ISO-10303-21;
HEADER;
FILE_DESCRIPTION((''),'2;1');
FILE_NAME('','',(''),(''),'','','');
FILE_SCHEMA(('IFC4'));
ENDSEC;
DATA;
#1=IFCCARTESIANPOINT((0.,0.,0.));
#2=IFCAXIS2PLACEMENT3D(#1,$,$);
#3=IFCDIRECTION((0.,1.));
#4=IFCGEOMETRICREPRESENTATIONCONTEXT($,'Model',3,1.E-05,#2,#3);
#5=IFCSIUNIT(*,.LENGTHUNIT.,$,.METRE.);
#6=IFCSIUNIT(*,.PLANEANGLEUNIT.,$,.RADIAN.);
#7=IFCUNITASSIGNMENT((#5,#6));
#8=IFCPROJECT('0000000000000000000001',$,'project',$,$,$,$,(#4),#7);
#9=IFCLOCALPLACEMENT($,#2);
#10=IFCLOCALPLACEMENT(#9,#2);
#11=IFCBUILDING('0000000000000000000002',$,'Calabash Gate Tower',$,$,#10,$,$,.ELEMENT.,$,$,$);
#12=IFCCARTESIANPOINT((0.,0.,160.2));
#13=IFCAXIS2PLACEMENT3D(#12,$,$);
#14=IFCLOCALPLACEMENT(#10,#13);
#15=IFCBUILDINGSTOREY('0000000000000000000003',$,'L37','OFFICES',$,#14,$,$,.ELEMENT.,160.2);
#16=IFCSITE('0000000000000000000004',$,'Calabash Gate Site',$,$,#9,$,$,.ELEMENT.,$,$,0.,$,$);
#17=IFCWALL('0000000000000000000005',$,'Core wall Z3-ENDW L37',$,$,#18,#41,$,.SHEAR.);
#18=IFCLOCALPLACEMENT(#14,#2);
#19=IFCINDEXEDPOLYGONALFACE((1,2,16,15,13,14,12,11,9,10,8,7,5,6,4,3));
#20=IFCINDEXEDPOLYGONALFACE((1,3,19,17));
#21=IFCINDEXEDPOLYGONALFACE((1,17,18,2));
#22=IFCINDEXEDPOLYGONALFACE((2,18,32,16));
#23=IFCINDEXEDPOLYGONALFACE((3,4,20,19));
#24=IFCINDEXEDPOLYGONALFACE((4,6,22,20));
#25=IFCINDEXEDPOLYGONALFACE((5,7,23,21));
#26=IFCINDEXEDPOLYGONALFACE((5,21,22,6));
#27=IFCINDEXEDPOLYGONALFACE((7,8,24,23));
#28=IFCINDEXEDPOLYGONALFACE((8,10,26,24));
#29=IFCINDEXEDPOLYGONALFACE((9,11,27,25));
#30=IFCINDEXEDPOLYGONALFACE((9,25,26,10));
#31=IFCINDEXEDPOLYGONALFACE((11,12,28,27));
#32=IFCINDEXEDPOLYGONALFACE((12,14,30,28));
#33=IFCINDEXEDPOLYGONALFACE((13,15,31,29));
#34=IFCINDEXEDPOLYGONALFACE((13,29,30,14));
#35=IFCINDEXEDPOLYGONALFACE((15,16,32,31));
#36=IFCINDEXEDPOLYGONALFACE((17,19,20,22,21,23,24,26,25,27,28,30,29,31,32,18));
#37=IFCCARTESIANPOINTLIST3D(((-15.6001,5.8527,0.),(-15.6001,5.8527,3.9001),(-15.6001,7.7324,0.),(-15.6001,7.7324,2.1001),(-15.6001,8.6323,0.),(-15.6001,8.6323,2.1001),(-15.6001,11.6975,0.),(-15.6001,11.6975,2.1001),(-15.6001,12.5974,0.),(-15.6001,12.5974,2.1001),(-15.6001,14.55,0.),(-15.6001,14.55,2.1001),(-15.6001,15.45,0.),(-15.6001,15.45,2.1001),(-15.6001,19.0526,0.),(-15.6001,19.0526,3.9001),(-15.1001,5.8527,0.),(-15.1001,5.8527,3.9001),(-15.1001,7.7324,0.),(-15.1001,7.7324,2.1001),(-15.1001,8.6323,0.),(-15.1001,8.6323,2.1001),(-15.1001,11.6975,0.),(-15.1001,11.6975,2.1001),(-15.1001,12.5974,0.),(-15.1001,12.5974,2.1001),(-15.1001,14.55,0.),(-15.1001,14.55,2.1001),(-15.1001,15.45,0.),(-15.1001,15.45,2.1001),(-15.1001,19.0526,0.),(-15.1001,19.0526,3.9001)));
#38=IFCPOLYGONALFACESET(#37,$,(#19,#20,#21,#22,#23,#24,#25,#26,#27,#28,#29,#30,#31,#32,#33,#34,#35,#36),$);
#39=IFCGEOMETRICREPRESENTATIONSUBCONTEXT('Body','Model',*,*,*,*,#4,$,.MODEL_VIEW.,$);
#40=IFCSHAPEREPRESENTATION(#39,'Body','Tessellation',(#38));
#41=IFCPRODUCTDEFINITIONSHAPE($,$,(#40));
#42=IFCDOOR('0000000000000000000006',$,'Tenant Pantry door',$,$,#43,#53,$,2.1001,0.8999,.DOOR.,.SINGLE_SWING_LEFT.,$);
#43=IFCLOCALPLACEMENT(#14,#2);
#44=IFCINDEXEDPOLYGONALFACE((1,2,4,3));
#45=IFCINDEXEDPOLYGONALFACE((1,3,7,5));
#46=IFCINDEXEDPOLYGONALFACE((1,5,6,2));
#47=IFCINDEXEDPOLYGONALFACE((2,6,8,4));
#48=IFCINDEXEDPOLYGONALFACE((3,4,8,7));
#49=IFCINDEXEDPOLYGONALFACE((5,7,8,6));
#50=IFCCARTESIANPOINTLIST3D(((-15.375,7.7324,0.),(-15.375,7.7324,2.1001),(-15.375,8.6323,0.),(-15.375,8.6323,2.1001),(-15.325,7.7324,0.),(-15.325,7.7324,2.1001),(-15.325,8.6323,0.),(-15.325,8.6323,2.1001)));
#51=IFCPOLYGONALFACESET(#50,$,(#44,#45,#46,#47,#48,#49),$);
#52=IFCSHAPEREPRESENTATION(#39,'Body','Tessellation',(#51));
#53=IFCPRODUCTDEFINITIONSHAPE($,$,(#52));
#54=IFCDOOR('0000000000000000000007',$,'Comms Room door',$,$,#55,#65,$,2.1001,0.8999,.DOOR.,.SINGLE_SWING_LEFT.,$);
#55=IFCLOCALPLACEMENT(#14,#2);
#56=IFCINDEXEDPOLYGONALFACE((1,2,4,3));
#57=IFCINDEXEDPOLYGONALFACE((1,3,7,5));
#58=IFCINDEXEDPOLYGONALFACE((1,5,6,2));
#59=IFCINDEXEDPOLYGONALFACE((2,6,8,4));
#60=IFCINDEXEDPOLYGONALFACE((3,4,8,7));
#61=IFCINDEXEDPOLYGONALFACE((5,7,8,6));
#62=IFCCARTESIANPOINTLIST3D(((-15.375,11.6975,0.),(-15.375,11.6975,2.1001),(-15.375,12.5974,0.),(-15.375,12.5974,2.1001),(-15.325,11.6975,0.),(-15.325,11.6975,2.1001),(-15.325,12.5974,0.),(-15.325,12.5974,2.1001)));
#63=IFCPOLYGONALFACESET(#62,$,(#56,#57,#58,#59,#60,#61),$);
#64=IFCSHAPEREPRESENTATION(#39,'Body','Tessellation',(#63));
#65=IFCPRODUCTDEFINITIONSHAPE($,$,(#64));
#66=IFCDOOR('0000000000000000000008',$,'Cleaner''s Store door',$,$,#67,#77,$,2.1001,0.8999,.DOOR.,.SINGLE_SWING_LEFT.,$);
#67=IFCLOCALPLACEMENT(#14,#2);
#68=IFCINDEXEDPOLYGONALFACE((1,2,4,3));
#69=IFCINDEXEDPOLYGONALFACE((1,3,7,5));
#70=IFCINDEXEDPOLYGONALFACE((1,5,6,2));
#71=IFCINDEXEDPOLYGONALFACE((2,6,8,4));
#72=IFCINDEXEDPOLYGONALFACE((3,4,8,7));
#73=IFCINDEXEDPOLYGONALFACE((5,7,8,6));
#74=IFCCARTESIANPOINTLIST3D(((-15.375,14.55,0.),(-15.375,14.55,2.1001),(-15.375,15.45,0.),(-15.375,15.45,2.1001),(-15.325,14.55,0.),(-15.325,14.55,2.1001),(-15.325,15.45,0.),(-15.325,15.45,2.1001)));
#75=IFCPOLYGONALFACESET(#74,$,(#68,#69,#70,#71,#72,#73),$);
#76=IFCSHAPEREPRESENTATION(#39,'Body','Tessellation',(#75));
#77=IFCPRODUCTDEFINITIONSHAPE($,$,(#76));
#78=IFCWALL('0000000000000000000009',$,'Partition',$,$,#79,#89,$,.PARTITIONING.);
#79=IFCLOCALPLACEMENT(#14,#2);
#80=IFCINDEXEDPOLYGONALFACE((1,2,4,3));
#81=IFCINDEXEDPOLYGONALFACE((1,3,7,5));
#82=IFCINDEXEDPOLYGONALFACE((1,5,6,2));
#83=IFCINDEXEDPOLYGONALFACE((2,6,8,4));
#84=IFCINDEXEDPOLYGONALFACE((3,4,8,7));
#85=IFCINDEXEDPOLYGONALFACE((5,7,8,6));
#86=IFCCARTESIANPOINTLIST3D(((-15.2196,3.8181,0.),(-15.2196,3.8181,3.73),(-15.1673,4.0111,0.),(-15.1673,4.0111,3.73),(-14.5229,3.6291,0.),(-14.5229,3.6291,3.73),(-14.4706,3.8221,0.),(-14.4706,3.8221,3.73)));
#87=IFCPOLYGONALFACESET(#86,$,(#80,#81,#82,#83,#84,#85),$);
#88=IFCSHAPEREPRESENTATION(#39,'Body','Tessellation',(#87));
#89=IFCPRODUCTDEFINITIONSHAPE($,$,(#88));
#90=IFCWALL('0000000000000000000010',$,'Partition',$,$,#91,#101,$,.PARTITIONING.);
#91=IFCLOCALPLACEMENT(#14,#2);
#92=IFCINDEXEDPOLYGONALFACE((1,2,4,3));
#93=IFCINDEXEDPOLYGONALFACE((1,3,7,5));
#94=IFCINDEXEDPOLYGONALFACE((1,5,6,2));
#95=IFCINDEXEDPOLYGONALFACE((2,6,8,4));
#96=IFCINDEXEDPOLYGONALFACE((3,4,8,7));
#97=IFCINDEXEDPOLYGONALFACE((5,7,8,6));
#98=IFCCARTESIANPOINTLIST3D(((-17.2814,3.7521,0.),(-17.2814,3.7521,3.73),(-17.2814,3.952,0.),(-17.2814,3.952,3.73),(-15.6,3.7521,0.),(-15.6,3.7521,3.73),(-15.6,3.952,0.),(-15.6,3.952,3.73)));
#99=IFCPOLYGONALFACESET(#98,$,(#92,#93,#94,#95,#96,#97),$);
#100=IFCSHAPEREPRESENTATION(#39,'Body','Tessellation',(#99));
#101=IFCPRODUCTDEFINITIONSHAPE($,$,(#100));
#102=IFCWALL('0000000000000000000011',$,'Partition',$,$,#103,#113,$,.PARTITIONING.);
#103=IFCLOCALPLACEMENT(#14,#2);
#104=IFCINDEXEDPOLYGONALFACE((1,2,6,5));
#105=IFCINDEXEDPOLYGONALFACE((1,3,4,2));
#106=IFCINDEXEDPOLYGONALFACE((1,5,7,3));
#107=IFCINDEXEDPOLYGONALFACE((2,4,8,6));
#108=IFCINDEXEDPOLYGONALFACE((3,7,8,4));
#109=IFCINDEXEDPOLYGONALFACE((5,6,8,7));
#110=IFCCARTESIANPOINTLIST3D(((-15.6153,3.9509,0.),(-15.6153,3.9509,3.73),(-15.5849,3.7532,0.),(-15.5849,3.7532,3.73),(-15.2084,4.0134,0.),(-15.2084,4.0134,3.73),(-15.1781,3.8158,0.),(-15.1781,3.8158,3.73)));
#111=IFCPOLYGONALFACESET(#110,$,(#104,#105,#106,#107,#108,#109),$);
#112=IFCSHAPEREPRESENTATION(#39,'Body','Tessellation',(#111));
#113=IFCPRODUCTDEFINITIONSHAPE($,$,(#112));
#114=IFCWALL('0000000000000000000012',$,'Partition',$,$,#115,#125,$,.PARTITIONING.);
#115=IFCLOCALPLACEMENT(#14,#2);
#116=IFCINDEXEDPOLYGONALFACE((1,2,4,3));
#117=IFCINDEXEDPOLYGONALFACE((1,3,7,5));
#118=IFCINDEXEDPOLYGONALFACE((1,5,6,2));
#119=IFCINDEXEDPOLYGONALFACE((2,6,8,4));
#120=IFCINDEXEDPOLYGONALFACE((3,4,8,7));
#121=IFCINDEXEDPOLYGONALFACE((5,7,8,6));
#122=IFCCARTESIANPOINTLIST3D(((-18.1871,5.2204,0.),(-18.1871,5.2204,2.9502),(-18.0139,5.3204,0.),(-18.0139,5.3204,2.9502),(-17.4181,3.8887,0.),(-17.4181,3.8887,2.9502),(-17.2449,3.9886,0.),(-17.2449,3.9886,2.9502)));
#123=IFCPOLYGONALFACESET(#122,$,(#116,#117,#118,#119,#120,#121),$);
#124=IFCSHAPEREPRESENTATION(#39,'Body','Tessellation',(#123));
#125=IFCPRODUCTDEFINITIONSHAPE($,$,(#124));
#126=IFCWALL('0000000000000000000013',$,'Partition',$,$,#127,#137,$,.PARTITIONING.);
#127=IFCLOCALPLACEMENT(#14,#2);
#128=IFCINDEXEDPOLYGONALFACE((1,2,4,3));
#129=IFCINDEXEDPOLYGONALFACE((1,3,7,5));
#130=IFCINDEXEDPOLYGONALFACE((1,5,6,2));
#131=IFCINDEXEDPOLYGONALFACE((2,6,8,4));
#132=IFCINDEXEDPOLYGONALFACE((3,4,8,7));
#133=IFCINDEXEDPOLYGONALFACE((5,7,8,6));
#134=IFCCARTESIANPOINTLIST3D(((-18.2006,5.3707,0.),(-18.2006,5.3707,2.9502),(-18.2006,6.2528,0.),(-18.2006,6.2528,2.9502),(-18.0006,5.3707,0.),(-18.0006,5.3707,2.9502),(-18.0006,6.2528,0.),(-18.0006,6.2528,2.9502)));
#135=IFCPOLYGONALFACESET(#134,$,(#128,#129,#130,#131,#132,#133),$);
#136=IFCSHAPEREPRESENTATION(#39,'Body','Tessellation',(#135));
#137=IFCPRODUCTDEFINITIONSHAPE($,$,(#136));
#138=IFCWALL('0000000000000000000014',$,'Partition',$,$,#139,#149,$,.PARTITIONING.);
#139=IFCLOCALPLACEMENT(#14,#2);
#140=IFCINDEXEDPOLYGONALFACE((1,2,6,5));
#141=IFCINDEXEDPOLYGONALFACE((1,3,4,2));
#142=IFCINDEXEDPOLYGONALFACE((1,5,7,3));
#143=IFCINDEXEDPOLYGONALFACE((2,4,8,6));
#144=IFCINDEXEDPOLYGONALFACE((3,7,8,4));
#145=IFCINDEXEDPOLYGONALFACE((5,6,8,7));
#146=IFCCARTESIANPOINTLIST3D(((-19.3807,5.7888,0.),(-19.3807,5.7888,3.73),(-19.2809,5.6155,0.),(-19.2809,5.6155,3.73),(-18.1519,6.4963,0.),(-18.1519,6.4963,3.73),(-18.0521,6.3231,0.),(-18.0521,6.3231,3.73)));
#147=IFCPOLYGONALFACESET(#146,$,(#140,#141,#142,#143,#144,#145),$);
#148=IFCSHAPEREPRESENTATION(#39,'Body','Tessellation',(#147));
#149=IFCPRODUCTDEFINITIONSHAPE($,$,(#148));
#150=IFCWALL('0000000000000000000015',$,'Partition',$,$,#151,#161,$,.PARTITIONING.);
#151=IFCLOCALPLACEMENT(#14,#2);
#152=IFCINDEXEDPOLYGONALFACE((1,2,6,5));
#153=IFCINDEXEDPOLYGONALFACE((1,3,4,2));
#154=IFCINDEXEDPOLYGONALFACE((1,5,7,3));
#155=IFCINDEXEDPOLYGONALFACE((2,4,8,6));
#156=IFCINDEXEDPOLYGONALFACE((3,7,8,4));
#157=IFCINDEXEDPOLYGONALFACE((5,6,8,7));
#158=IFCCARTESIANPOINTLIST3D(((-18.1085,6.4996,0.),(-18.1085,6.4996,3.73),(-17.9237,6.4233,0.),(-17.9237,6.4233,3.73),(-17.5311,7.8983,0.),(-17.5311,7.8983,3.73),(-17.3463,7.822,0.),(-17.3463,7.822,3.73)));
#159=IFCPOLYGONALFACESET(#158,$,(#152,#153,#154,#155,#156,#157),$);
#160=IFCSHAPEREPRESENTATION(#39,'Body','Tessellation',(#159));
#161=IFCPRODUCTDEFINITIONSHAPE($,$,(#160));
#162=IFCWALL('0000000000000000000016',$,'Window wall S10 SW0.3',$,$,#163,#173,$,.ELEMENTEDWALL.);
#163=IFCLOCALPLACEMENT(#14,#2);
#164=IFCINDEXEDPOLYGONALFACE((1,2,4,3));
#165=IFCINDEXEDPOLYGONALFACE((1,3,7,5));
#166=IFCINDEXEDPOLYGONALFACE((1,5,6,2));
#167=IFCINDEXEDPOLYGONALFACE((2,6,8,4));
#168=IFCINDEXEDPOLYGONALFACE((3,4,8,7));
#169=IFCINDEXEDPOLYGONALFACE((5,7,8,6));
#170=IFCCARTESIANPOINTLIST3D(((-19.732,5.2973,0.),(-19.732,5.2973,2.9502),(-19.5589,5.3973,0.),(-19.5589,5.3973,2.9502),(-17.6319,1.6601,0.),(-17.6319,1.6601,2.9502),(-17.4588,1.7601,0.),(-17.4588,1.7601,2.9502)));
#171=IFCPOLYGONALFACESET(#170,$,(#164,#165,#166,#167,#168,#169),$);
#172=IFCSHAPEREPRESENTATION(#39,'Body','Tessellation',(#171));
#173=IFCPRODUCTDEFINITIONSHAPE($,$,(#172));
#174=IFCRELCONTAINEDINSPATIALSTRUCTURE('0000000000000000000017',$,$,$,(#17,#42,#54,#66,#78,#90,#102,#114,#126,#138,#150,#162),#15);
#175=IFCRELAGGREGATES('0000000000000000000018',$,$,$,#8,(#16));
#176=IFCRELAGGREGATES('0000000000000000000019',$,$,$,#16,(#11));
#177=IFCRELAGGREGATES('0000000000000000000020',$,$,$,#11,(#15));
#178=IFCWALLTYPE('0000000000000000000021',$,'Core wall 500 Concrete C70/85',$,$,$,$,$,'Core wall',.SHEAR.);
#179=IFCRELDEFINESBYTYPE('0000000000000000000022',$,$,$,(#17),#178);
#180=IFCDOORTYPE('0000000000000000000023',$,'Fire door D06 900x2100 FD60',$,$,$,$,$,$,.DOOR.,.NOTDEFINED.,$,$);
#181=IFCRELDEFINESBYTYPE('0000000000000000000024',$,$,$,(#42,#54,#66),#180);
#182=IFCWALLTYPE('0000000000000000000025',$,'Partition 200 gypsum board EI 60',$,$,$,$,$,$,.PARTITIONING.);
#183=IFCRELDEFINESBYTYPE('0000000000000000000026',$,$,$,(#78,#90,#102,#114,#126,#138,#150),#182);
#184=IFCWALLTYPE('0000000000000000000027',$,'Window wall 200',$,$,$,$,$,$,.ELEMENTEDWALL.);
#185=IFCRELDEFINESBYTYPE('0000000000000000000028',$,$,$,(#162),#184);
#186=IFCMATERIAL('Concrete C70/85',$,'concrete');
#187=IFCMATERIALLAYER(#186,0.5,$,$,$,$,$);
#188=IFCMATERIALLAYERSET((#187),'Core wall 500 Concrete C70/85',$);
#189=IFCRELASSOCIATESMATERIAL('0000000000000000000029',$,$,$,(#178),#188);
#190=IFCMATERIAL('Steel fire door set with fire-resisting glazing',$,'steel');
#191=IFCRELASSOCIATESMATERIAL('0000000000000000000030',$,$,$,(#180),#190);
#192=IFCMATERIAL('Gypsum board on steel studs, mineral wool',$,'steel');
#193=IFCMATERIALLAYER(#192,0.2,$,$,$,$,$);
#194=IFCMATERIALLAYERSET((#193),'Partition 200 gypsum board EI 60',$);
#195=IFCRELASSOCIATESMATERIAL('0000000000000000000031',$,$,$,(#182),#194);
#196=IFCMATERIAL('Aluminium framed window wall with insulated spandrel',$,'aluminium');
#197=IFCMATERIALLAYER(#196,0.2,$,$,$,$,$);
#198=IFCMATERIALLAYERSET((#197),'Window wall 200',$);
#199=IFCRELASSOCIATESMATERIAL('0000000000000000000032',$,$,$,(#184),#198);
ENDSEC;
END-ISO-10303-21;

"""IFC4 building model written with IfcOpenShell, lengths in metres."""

from ifc_helpers import new_model, si_unit, direction, frame, frame_2d, origin, place, context, subcontext, project, spatial, rectangle, extrude, material, layer, layer_set, type_object, element, fill, save


model = new_model("IFC4")

# Units and contexts
model_context = context("Model", 3, precision=1e-05, world=origin(), true_north=direction((0.0, 1.0)))
body_context = subcontext(model_context, "Body", "Model", "MODEL_VIEW")
ifc_project = project(units=[si_unit("LENGTHUNIT", "METRE"), si_unit("PLANEANGLEUNIT", "RADIAN")], contexts=[model_context])

# Site, building, storey
site_placement = place(None, origin())
site = spatial("IfcSite", under=ifc_project, at=site_placement, Name="Calabash Gate Site", CompositionType="ELEMENT", RefElevation=0.0)
building_placement = place(site_placement, origin())
building = spatial("IfcBuilding", under=site, at=building_placement, Name="Calabash Gate Tower", CompositionType="ELEMENT")
storey_placement = place(building_placement, frame((0.0, 0.0, 160.2)))
storey = spatial("IfcBuildingStorey", under=building, at=storey_placement, Name="L37", Description="OFFICES", CompositionType="ELEMENT", Elevation=160.2)

# Wall, openings, doors
ifc_material_1 = material(Name="Concrete C70/85", Category="concrete")
ifc_layer_1 = layer(ifc_material_1, 0.5)
ifc_layer_set_1 = layer_set([ifc_layer_1], Name="Core wall 500 Concrete C70/85")
wall_type_1 = type_object("IfcWallType", Name="Core wall 500 Concrete C70/85", ElementType="Core wall", PredefinedType="SHEAR", material=ifc_layer_set_1)
wall_1_placement = place(storey_placement, frame((-15.3501, 5.8525, 0.0), z_axis=(0.0, 0.0, 1.0), x_axis=(0.0, 1.0, 0.0)))
wall_1 = element("IfcWall", 1, at=wall_1_placement, inside=storey, type_object=wall_type_1, Name="Core wall Z3-ENDW L37", PredefinedType="SHEAR", context=body_context, shape_type="SweptSolid", body=[
    extrude(rectangle(XDim=13.2, YDim=0.5, at=frame_2d((6.6001, 0.0))), origin(), (0.0, 0.0, 1.0), 3.9001),
])
opening_1_placement = place(wall_1_placement, frame((1.8799, 0.0, 0.0)))
opening_1 = element("IfcOpeningElement", 2, at=opening_1_placement, cuts=wall_1, PredefinedType="OPENING", context=body_context, shape_type="SweptSolid", body=[
    extrude(rectangle(XDim=0.8999, YDim=2.1001, at=frame_2d((0.45, 1.05))), frame((0.0, 0.26, 0.0), z_axis=(0.0, -1.0, 0.0), x_axis=(1.0, 0.0, 0.0)), (0.0, 0.0, 1.0), 0.52),
])
opening_2_placement = place(wall_1_placement, frame((5.845, 0.0, 0.0)))
opening_2 = element("IfcOpeningElement", 3, at=opening_2_placement, cuts=wall_1, PredefinedType="OPENING", context=body_context, shape_type="SweptSolid", body=[
    extrude(rectangle(XDim=0.8999, YDim=2.1001, at=frame_2d((0.45, 1.05))), frame((0.0, 0.26, 0.0), z_axis=(0.0, -1.0, 0.0), x_axis=(1.0, 0.0, 0.0)), (0.0, 0.0, 1.0), 0.52),
])
opening_3_placement = place(wall_1_placement, frame((8.6975, 0.0, 0.0)))
opening_3 = element("IfcOpeningElement", 4, at=opening_3_placement, cuts=wall_1, PredefinedType="OPENING", context=body_context, shape_type="SweptSolid", body=[
    extrude(rectangle(XDim=0.8999, YDim=2.1001, at=frame_2d((0.45, 1.05))), frame((0.0, 0.26, 0.0), z_axis=(0.0, -1.0, 0.0), x_axis=(1.0, 0.0, 0.0)), (0.0, 0.0, 1.0), 0.52),
])
ifc_material_2 = material(Name="Steel fire door set with fire-resisting glazing", Category="steel")
door_type_1 = type_object("IfcDoorType", Name="Fire door D06 900x2100 FD60", OperationType="NOTDEFINED", PredefinedType="DOOR", material=ifc_material_2)
door_1_placement = place(opening_1_placement, origin())
door_1 = element("IfcDoor", 5, at=door_1_placement, inside=storey, type_object=door_type_1, Name="Tenant Pantry door", OperationType="SINGLE_SWING_LEFT", OverallHeight=2.1001, OverallWidth=0.8999, PredefinedType="DOOR", context=body_context, shape_type="SweptSolid", body=[
    extrude(rectangle(XDim=0.8999, YDim=2.1001, at=frame_2d((0.45, 1.05))), frame((0.0, 0.0249, 0.0), z_axis=(0.0, -1.0, 0.0), x_axis=(1.0, 0.0, 0.0)), (0.0, 0.0, 1.0), 0.05),
])
fill(opening_1, door_1)
door_2_placement = place(opening_2_placement, origin())
door_2 = element("IfcDoor", 6, at=door_2_placement, inside=storey, type_object=door_type_1, Name="Comms Room door", OperationType="SINGLE_SWING_LEFT", OverallHeight=2.1001, OverallWidth=0.8999, PredefinedType="DOOR", context=body_context, shape_type="SweptSolid", body=[
    extrude(rectangle(XDim=0.8999, YDim=2.1001, at=frame_2d((0.45, 1.05))), frame((0.0, 0.0249, 0.0), z_axis=(0.0, -1.0, 0.0), x_axis=(1.0, 0.0, 0.0)), (0.0, 0.0, 1.0), 0.05),
])
fill(opening_2, door_2)
door_3_placement = place(opening_3_placement, origin())
door_3 = element("IfcDoor", 7, at=door_3_placement, inside=storey, type_object=door_type_1, Name="Cleaner's Store door", OperationType="SINGLE_SWING_LEFT", OverallHeight=2.1001, OverallWidth=0.8999, PredefinedType="DOOR", context=body_context, shape_type="SweptSolid", body=[
    extrude(rectangle(XDim=0.8999, YDim=2.1001, at=frame_2d((0.45, 1.05))), frame((0.0, 0.0249, 0.0), z_axis=(0.0, -1.0, 0.0), x_axis=(1.0, 0.0, 0.0)), (0.0, 0.0, 1.0), 0.05),
])
fill(opening_3, door_3)

# Walls
ifc_material_3 = material(Name="Gypsum board on steel studs, mineral wool", Category="steel")
ifc_layer_2 = layer(ifc_material_3, 0.2)
ifc_layer_set_2 = layer_set([ifc_layer_2], Name="Partition 200 gypsum board EI 60")
wall_type_2 = type_object("IfcWallType", Name="Partition 200 gypsum board EI 60", PredefinedType="PARTITIONING", material=ifc_layer_set_2)
wall_2_placement = place(storey_placement, frame((-15.1934, 3.9146, 0.0), z_axis=(0.0, 0.0, 1.0), x_axis=(0.965137, -0.261744, 0.0)))
element("IfcWall", 8, at=wall_2_placement, inside=storey, type_object=wall_type_2, Name="Partition", PredefinedType="PARTITIONING", context=body_context, shape_type="SweptSolid", body=[
    extrude(rectangle(XDim=0.7219, YDim=0.2, at=frame_2d((0.3608, 0.0))), origin(), (0.0, 0.0, 1.0), 3.73),
])
wall_3_placement = place(storey_placement, frame((-17.2815, 3.8521, 0.0), z_axis=(0.0, 0.0, 1.0), x_axis=(1.0, 0.0, 0.0)))
element("IfcWall", 9, at=wall_3_placement, inside=storey, type_object=wall_type_2, Name="Partition", PredefinedType="PARTITIONING", context=body_context, shape_type="SweptSolid", body=[
    extrude(rectangle(XDim=1.6814, YDim=0.2, at=frame_2d((0.8408, 0.0))), origin(), (0.0, 0.0, 1.0), 3.73),
])
wall_4_placement = place(storey_placement, frame((-15.6001, 3.8521, 0.0), z_axis=(0.0, 0.0, 1.0), x_axis=(0.988399, 0.151879, 0.0)))
element("IfcWall", 10, at=wall_4_placement, inside=storey, type_object=wall_type_2, Name="Partition", PredefinedType="PARTITIONING", context=body_context, shape_type="SweptSolid", body=[
    extrude(rectangle(XDim=0.4116, YDim=0.2, at=frame_2d((0.2058, 0.0))), origin(), (0.0, 0.0, 1.0), 3.73),
])
wall_5_placement = place(storey_placement, frame((-18.1006, 5.2705, 0.0), z_axis=(0.0, 0.0, 1.0), x_axis=(0.500066, -0.865987, 0.0)))
element("IfcWall", 11, at=wall_5_placement, inside=storey, type_object=wall_type_2, Name="Partition", PredefinedType="PARTITIONING", context=body_context, shape_type="SweptSolid", body=[
    extrude(rectangle(XDim=1.5378, YDim=0.2, at=frame_2d((0.769, 0.0))), origin(), (0.0, 0.0, 1.0), 2.9502),
])
wall_6_placement = place(storey_placement, frame((-18.1006, 6.2527, 0.0), z_axis=(0.0, 0.0, 1.0), x_axis=(0.0, -1.0, 0.0)))
element("IfcWall", 12, at=wall_6_placement, inside=storey, type_object=wall_type_2, Name="Partition", PredefinedType="PARTITIONING", context=body_context, shape_type="SweptSolid", body=[
    extrude(rectangle(XDim=0.8821, YDim=0.2, at=frame_2d((0.4409, 0.0))), origin(), (0.0, 0.0, 1.0), 2.9502),
])
wall_7_placement = place(storey_placement, frame((-19.3308, 5.7021, 0.0), z_axis=(0.0, 0.0, 1.0), x_axis=(0.866607, 0.498992, 0.0)))
element("IfcWall", 13, at=wall_7_placement, inside=storey, type_object=wall_type_2, Name="Partition", PredefinedType="PARTITIONING", context=body_context, shape_type="SweptSolid", body=[
    extrude(rectangle(XDim=1.418, YDim=0.2, at=frame_2d((0.709, 0.0))), origin(), (0.0, 0.0, 1.0), 3.73),
])
wall_8_placement = place(storey_placement, frame((-18.0161, 6.4614, 0.0), z_axis=(0.0, 0.0, 1.0), x_axis=(0.381577, 0.924337, 0.0)))
element("IfcWall", 14, at=wall_8_placement, inside=storey, type_object=wall_type_2, Name="Partition", PredefinedType="PARTITIONING", context=body_context, shape_type="SweptSolid", body=[
    extrude(rectangle(XDim=1.5132, YDim=0.2, at=frame_2d((0.7566, 0.0))), origin(), (0.0, 0.0, 1.0), 3.73),
])

# Wall
ifc_material_4 = material(Name="Aluminium framed window wall with insulated spandrel", Category="aluminium")
ifc_layer_3 = layer(ifc_material_4, 0.2)
ifc_layer_set_3 = layer_set([ifc_layer_3], Name="Window wall 200")
wall_type_3 = type_object("IfcWallType", Name="Window wall 200", PredefinedType="ELEMENTEDWALL", material=ifc_layer_set_3)
wall_9_placement = place(storey_placement, frame((-19.6455, 5.3474, 0.0), z_axis=(0.0, 0.0, 1.0), x_axis=(0.500028, -0.866009, 0.0)))
element("IfcWall", 15, at=wall_9_placement, inside=storey, type_object=wall_type_3, Name="Window wall S10 SW0.3", PredefinedType="ELEMENTEDWALL", context=body_context, shape_type="SweptSolid", body=[
    extrude(rectangle(XDim=4.2, YDim=0.2, at=frame_2d((2.1001, 0.0))), origin(), (0.0, 0.0, 1.0), 2.9502),
])

save(model, "model.ifc")
